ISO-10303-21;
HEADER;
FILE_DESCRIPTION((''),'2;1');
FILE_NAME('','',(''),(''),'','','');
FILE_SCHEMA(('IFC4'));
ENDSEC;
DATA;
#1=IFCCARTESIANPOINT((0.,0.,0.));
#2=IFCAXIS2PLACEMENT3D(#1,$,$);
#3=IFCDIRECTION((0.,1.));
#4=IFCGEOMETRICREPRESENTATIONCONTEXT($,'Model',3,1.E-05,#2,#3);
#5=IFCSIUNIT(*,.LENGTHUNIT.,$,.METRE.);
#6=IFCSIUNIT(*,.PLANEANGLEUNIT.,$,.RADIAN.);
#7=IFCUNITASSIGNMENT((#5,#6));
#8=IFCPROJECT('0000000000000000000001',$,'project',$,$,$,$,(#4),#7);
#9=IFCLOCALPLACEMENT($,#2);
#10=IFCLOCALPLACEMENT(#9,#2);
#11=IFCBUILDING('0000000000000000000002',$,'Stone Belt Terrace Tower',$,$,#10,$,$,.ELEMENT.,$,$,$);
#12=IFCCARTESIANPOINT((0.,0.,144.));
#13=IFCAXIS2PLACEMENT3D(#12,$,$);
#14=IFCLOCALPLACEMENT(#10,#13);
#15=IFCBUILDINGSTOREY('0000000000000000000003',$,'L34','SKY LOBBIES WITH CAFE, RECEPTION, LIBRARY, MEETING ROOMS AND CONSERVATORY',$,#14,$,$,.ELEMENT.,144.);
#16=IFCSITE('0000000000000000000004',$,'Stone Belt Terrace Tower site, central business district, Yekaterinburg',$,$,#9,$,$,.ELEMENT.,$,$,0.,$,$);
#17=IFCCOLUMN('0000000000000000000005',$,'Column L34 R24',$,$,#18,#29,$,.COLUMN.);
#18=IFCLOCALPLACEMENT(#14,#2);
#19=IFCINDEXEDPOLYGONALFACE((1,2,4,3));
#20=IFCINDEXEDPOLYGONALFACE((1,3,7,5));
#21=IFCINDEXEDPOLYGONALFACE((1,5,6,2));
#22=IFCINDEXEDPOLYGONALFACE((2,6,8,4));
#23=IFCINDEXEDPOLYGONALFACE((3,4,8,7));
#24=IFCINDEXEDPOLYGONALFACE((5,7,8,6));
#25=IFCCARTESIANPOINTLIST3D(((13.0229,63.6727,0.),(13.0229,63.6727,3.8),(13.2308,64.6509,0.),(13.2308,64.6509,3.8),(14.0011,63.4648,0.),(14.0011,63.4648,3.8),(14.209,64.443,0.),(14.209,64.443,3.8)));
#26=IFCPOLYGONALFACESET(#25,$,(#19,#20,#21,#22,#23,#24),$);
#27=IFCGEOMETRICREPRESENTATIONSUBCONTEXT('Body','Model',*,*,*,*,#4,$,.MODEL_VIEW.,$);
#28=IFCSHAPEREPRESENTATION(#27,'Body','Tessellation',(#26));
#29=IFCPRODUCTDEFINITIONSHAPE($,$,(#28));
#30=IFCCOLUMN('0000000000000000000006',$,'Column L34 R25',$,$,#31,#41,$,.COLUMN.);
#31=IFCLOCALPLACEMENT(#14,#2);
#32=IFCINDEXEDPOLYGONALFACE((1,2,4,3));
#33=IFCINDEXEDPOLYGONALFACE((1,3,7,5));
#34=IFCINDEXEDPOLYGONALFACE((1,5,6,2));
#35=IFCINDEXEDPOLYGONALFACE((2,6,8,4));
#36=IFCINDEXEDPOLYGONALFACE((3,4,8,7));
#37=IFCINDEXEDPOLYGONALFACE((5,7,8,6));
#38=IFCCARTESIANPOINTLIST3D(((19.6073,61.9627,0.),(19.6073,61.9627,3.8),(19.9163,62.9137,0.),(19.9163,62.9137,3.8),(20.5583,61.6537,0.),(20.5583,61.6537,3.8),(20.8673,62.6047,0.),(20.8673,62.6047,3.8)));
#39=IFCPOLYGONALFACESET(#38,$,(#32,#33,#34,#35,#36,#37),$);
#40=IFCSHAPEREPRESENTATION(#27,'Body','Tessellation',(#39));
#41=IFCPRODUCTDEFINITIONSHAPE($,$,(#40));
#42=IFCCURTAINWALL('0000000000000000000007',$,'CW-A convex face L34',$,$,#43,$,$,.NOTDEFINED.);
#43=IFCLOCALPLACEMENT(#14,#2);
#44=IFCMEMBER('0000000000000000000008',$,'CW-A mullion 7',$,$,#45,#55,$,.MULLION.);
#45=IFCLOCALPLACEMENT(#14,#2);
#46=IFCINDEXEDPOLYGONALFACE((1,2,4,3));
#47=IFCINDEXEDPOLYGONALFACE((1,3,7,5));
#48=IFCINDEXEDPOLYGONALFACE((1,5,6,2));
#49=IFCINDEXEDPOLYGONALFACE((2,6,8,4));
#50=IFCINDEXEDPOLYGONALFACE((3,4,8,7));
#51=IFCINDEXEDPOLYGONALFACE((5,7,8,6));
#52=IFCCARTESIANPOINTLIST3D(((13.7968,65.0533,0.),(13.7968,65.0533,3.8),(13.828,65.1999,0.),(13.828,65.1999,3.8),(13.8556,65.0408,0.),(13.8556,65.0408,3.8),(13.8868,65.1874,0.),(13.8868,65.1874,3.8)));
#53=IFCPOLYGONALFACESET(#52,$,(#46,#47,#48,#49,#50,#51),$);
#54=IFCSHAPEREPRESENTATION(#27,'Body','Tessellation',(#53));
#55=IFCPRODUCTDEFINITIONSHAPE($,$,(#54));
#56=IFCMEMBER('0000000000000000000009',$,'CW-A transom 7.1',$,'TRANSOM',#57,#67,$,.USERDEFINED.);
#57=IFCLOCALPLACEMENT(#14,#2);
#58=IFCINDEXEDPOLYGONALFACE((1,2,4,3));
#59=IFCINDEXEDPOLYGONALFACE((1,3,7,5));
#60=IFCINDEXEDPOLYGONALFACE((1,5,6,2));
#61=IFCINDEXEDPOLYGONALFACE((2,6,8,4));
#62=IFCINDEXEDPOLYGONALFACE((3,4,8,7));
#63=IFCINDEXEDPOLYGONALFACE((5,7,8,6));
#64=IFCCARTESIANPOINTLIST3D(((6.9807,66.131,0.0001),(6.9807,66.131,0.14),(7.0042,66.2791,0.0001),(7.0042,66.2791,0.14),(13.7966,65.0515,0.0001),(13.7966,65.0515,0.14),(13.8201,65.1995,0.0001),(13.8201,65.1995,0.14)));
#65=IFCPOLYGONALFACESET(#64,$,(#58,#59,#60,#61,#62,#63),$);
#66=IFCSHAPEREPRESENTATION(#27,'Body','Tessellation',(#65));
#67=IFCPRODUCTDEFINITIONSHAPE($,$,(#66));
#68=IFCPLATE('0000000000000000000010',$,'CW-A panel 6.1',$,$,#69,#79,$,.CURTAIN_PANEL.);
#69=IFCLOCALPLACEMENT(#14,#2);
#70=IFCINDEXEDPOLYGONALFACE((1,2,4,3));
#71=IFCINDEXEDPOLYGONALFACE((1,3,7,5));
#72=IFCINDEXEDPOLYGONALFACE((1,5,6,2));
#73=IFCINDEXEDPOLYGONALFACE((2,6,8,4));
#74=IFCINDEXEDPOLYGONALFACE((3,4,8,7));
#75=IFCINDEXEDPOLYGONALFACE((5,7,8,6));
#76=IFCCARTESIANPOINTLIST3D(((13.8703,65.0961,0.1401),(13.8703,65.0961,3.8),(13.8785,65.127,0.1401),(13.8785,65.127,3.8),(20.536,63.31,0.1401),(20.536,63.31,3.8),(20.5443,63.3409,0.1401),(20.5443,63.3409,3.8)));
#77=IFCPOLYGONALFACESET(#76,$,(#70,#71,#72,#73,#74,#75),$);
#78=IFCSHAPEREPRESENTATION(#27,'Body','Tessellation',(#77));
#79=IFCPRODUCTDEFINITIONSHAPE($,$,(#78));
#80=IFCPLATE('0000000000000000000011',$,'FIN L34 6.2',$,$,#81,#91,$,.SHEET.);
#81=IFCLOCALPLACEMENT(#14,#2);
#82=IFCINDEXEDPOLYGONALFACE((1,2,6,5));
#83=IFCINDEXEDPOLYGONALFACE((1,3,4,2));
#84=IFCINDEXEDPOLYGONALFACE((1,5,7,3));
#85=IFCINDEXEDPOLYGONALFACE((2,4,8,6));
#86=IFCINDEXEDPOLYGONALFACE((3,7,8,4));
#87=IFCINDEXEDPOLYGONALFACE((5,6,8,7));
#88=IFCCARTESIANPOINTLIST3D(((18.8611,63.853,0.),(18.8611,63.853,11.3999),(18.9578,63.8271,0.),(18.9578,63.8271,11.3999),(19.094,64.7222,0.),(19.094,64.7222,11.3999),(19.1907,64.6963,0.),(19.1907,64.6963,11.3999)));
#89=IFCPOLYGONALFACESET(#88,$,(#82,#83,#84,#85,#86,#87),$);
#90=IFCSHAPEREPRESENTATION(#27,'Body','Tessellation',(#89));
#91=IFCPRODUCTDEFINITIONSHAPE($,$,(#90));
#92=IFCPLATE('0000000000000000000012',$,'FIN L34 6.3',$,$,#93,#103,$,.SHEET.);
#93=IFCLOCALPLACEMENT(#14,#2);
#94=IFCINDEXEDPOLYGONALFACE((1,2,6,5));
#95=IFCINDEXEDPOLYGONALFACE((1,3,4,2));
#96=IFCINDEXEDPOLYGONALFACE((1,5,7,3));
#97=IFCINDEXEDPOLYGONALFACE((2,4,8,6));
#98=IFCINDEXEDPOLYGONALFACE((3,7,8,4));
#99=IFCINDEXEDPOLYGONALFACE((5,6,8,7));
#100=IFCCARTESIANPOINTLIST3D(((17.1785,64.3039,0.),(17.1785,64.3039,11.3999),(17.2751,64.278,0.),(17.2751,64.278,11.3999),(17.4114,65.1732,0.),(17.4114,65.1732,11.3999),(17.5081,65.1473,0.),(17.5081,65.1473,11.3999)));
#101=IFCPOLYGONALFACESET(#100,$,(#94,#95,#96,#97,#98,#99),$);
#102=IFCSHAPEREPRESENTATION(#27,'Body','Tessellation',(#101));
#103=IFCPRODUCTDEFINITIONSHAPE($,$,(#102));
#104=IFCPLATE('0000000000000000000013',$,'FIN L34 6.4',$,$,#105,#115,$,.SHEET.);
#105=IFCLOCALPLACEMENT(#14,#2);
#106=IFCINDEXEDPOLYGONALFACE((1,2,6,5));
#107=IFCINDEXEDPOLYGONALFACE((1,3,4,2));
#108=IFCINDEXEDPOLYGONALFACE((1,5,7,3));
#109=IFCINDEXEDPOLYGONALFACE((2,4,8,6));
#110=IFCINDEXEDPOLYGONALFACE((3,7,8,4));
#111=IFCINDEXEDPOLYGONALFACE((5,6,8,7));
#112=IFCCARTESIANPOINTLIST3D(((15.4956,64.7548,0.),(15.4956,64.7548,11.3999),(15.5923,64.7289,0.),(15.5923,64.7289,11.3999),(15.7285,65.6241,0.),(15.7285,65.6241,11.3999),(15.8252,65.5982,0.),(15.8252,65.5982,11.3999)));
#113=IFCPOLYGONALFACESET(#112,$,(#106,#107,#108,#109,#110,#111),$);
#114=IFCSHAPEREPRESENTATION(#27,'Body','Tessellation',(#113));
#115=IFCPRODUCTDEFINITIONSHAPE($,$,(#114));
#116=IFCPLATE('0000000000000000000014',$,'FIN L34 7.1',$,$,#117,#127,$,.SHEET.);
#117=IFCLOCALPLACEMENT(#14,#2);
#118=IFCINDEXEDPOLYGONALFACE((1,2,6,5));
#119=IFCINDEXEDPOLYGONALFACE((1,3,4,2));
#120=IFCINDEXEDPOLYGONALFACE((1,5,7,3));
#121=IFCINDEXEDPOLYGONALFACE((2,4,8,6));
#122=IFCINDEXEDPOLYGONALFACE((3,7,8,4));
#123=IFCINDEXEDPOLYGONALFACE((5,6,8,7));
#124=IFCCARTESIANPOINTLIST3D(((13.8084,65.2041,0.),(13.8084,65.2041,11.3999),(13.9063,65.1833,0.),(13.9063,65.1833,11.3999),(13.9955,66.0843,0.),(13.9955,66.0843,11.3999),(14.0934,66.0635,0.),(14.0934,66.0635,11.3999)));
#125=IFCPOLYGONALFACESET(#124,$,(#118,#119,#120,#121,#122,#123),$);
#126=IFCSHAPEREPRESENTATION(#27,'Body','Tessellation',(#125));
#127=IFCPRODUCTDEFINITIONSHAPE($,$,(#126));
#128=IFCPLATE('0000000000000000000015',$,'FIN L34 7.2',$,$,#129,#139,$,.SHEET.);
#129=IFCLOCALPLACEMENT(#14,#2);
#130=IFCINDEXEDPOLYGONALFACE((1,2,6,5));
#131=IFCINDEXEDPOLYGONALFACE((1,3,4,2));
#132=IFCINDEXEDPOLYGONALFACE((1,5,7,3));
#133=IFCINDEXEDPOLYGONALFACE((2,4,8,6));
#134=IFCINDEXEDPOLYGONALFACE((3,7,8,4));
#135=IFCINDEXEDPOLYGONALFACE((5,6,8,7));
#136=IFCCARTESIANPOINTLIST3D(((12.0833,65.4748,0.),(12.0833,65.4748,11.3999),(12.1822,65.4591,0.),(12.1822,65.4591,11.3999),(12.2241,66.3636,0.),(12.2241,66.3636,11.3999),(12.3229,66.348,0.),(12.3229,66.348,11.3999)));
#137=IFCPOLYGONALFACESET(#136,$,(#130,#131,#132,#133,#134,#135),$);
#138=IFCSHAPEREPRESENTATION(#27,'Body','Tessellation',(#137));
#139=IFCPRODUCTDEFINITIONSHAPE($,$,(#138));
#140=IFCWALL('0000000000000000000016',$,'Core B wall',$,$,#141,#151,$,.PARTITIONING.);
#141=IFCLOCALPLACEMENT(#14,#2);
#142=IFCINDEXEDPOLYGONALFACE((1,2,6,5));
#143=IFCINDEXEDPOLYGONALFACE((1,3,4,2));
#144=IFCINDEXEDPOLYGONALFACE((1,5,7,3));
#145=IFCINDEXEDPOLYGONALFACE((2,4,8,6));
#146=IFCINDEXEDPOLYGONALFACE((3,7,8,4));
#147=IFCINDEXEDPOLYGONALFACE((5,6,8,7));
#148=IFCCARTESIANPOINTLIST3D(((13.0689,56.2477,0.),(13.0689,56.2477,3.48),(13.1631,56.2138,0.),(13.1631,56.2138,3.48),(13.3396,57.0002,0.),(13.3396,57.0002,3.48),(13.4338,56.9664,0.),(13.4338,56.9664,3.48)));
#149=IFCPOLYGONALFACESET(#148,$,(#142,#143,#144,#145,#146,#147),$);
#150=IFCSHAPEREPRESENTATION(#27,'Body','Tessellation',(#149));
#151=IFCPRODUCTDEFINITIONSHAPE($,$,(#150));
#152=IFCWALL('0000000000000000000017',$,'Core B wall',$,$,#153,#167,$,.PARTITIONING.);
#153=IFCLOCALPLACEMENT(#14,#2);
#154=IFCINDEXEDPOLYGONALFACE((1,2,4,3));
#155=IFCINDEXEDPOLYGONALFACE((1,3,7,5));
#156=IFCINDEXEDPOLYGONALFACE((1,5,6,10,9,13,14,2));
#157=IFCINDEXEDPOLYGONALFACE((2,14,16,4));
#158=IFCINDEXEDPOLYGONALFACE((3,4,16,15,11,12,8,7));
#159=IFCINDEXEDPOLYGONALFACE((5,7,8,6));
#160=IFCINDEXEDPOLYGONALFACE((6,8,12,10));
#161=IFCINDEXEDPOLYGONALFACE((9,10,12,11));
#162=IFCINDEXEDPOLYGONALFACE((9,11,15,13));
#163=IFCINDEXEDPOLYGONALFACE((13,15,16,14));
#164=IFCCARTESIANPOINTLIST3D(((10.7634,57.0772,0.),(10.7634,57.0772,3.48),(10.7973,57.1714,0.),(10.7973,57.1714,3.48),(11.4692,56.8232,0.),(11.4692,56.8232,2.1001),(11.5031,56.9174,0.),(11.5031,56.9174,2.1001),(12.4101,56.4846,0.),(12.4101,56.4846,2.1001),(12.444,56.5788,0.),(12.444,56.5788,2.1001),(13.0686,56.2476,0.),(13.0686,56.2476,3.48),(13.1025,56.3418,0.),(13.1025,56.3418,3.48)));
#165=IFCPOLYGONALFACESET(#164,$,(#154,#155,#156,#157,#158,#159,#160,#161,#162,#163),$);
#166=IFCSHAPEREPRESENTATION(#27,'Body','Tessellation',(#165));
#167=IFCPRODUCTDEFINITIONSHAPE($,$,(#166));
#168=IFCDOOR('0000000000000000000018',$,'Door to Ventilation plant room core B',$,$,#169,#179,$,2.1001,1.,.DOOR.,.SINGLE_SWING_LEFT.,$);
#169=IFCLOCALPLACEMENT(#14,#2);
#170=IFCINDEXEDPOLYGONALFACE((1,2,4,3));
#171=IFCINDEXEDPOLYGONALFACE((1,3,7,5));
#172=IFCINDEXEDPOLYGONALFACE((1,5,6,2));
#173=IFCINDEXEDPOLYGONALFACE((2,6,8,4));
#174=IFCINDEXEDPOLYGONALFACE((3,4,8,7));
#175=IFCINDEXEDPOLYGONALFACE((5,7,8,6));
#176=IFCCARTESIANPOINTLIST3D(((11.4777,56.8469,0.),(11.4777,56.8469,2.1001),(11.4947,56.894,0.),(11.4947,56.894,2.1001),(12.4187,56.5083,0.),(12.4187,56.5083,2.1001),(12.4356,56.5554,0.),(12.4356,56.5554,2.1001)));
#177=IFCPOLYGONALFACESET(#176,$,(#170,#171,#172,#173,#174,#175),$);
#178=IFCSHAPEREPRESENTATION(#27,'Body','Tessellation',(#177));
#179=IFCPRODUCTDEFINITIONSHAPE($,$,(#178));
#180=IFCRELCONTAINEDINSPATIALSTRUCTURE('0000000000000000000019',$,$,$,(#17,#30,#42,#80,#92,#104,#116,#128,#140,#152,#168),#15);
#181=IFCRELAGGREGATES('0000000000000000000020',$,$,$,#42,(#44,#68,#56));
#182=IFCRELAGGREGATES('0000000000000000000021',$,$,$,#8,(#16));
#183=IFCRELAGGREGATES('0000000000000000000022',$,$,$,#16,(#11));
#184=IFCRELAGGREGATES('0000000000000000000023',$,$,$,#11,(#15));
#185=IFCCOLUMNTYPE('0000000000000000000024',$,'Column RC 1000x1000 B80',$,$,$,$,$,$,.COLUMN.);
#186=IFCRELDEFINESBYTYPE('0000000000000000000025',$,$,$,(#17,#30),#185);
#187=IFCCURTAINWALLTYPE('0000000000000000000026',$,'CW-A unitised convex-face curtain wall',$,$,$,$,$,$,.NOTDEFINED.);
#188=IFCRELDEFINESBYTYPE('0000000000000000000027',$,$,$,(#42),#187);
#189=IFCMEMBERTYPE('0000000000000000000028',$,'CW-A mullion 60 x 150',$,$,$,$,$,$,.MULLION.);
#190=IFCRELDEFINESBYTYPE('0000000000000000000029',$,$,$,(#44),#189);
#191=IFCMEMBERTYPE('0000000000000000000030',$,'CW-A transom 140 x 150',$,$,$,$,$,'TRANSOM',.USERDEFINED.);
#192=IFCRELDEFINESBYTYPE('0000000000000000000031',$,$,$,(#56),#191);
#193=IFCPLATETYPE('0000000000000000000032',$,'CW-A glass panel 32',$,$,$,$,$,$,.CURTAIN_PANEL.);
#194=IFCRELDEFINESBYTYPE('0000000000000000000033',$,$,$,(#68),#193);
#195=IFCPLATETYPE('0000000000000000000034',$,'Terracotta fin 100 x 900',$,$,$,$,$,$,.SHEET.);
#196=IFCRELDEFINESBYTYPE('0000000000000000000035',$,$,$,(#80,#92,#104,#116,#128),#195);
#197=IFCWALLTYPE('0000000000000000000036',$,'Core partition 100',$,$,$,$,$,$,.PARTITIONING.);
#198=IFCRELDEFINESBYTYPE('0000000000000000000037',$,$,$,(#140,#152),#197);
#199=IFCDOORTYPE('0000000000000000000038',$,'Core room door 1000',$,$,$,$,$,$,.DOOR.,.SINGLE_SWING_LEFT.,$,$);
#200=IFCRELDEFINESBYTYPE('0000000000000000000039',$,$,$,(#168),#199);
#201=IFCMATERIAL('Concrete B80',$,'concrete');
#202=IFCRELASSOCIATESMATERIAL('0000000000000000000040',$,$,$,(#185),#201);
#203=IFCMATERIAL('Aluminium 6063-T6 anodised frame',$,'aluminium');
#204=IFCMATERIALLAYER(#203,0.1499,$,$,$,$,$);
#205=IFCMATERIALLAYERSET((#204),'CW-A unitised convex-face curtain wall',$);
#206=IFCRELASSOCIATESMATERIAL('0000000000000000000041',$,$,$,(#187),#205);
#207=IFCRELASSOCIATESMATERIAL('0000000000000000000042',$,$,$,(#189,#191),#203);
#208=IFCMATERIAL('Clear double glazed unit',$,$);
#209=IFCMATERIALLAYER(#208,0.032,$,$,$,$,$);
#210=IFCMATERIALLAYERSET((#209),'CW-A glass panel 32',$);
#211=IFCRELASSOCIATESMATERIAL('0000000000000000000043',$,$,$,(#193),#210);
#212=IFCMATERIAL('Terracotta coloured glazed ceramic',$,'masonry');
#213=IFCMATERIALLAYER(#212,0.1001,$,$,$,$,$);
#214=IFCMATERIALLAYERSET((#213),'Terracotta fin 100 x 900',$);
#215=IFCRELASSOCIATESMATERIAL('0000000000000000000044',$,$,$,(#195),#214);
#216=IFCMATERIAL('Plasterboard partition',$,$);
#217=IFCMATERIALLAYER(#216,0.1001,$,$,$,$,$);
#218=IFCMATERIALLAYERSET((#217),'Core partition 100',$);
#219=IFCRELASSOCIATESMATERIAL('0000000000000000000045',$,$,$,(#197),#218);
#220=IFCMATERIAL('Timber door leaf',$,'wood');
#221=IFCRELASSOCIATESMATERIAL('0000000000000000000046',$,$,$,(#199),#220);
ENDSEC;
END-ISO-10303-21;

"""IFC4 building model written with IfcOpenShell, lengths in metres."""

from ifc_helpers import new_model, si_unit, direction, frame, frame_2d, origin, origin_2d, place, context, subcontext, project, spatial, rectangle, extrude, material, layer, layer_set, material_profile, profile_set, type_object, element, fill, aggregate, save


model = new_model("IFC4")

# Units and contexts
model_context = context("Model", 3, precision=1e-05, world=origin(), true_north=direction((0.0, 1.0)))
body_context = subcontext(model_context, "Body", "Model", "MODEL_VIEW")
ifc_project = project(units=[si_unit("LENGTHUNIT", "METRE"), si_unit("PLANEANGLEUNIT", "RADIAN")], contexts=[model_context])

# Site, building, storey
site_placement = place(None, origin())
site = spatial("IfcSite", under=ifc_project, at=site_placement, Name="Stone Belt Terrace Tower site, central business district, Yekaterinburg", CompositionType="ELEMENT", RefElevation=0.0)
building_placement = place(site_placement, origin())
building = spatial("IfcBuilding", under=site, at=building_placement, Name="Stone Belt Terrace Tower", CompositionType="ELEMENT")
storey_placement = place(building_placement, frame((0.0, 0.0, 144.0)))
storey = spatial("IfcBuildingStorey", under=building, at=storey_placement, Name="L34", Description="SKY LOBBIES WITH CAFE, RECEPTION, LIBRARY, MEETING ROOMS AND CONSERVATORY", CompositionType="ELEMENT", Elevation=144.0)

# Columns
ifc_material_1 = material(Name="Concrete B80", Category="concrete")
ifc_material_profile_1 = material_profile(ifc_material_1, rectangle(XDim=1.0, YDim=1.0, at=origin_2d()), Name="RC 1000x1000")
ifc_profile_set_1 = profile_set([ifc_material_profile_1], Name="Concrete B80")
column_type = type_object("IfcColumnType", Name="Column RC 1000x1000 B80", PredefinedType="COLUMN", material=ifc_profile_set_1)
for number, where, z_axis, x_axis, name in (
    (1, (13.616, 64.0579, 0.0), (0.0, 0.0, 1.0), (0.978148, -0.207912, 0.0), "Column L34 R24"),
    (2, (20.2373, 62.2837, 0.0), (0.0, 0.0, 1.0), (0.951057, -0.309017, 0.0), "Column L34 R25"),
):
    element("IfcColumn", number, at=place(storey_placement, frame(where, z_axis=z_axis, x_axis=x_axis)), inside=storey, type_object=column_type, Name=name, PredefinedType="COLUMN", context=body_context, shape_type="SweptSolid", body=[
        extrude(rectangle(XDim=1.0, YDim=1.0, at=origin_2d()), origin(), (0.0, 0.0, 1.0), 3.8),
    ])

# Curtain wall, members, plate
ifc_material_2 = material(Name="Aluminium 6063-T6 anodised frame", Category="aluminium")
ifc_layer_1 = layer(ifc_material_2, 0.1499)
ifc_layer_set_1 = layer_set([ifc_layer_1], Name="CW-A unitised convex-face curtain wall")
curtain_wall_type = type_object("IfcCurtainWallType", Name="CW-A unitised convex-face curtain wall", PredefinedType="NOTDEFINED", material=ifc_layer_set_1)
curtain_wall_placement = place(storey_placement, origin())
curtain_wall = element("IfcCurtainWall", 3, at=curtain_wall_placement, inside=storey, type_object=curtain_wall_type, Name="CW-A convex face L34", PredefinedType="NOTDEFINED")
ifc_material_profile_2 = material_profile(ifc_material_2, rectangle(XDim=0.1499, YDim=0.0601, at=origin_2d()), Name="Aluminium 6063-T6 60x150")
ifc_profile_set_2 = profile_set([ifc_material_profile_2], Name="Aluminium 6063-T6 anodised frame")
member_type_1 = type_object("IfcMemberType", Name="CW-A mullion 60 x 150", PredefinedType="MULLION", material=ifc_profile_set_2)
member_1_placement = place(storey_placement, frame((13.8418, 65.1204, 0.0), z_axis=(0.0, 0.0, 1.0), x_axis=(-0.207912, -0.978148, 0.0)))
member_1 = element("IfcMember", 4, at=member_1_placement, type_object=member_type_1, Name="CW-A mullion 7", PredefinedType="MULLION", context=body_context, shape_type="SweptSolid", body=[
    extrude(rectangle(XDim=0.1499, YDim=0.0601, at=origin_2d()), origin(), (0.0, 0.0, 1.0), 3.8),
])
ifc_material_profile_3 = material_profile(ifc_material_2, rectangle(XDim=0.1499, YDim=0.1399, at=origin_2d()), Name="Aluminium 6063-T6 150x140")
ifc_profile_set_3 = profile_set([ifc_material_profile_3], Name="Aluminium 6063-T6 anodised frame")
member_type_2 = type_object("IfcMemberType", Name="CW-A transom 140 x 150", ElementType="TRANSOM", PredefinedType="USERDEFINED", material=ifc_profile_set_3)
member_2_placement = place(storey_placement, frame((13.8083, 65.1255, 0.0701), z_axis=(-0.987687, 0.156442, 0.0), x_axis=(-0.156442, -0.987687, 0.0)))
member_2 = element("IfcMember", 5, at=member_2_placement, type_object=member_type_2, Name="CW-A transom 7.1", ObjectType="TRANSOM", PredefinedType="USERDEFINED", context=body_context, shape_type="SweptSolid", body=[
    extrude(rectangle(XDim=0.1499, YDim=0.1399, at=origin_2d()), origin(), (0.0, 0.0, 1.0), 6.9009),
])
ifc_material_3 = material(Name="Clear double glazed unit")
ifc_layer_2 = layer(ifc_material_3, 0.032)
ifc_layer_set_2 = layer_set([ifc_layer_2], Name="CW-A glass panel 32")
plate_type_1 = type_object("IfcPlateType", Name="CW-A glass panel 32", PredefinedType="CURTAIN_PANEL", material=ifc_layer_set_2)
plate_placement = place(storey_placement, frame((17.2073, 64.2185, 0.1401), z_axis=(0.0, 0.0, 1.0), x_axis=(-0.965926, 0.258819, 0.0)))
plate = element("IfcPlate", 6, at=plate_placement, type_object=plate_type_1, Name="CW-A panel 6.1", PredefinedType="CURTAIN_PANEL", context=body_context, shape_type="SweptSolid", body=[
    extrude(rectangle(XDim=6.9009, YDim=0.032, at=origin_2d()), origin(), (0.0, 0.0, 1.0), 3.6599),
])
aggregate(curtain_wall, [member_1, plate, member_2])

# Plates
ifc_material_4 = material(Name="Terracotta coloured glazed ceramic", Category="masonry")
ifc_layer_3 = layer(ifc_material_4, 0.1001)
ifc_layer_set_3 = layer_set([ifc_layer_3], Name="Terracotta fin 100 x 900")
plate_type_2 = type_object("IfcPlateType", Name="Terracotta fin 100 x 900", PredefinedType="SHEET", material=ifc_layer_set_3)
for number, where, z_axis, x_axis, name in (
    (7, (19.0259, 64.2747, 0.0), (0.0, 0.0, 1.0), (0.258819, 0.965926, 0.0), "FIN L34 6.2"),
    (8, (17.3433, 64.7256, 0.0), (0.0, 0.0, 1.0), (0.258819, 0.965926, 0.0), "FIN L34 6.3"),
    (9, (15.6604, 65.1765, 0.0), (0.0, 0.0, 1.0), (0.258819, 0.965926, 0.0), "FIN L34 6.4"),
    (10, (13.9509, 65.6338, 0.0), (0.0, 0.0, 1.0), (0.207912, 0.978148, 0.0), "FIN L34 7.1"),
    (11, (12.2031, 65.9114, 0.0), (0.0, 0.0, 1.0), (0.156434, 0.987688, 0.0), "FIN L34 7.2"),
):
    element("IfcPlate", number, at=place(storey_placement, frame(where, z_axis=z_axis, x_axis=x_axis)), inside=storey, type_object=plate_type_2, Name=name, PredefinedType="SHEET", context=body_context, shape_type="SweptSolid", body=[
        extrude(rectangle(XDim=0.8999, YDim=0.1001, at=origin_2d()), origin(), (0.0, 0.0, 1.0), 11.3999),
    ])

# Wall
ifc_material_5 = material(Name="Plasterboard partition")
ifc_layer_4 = layer(ifc_material_5, 0.1001)
ifc_layer_set_4 = layer_set([ifc_layer_4], Name="Core partition 100")
wall_type_1 = type_object("IfcWallType", Name="Core partition 100", PredefinedType="PARTITIONING", material=ifc_layer_set_4)
wall_1_placement = place(storey_placement, frame((13.116, 56.2307, 0.0), z_axis=(0.0, 0.0, 1.0), x_axis=(0.338482, 0.940973, 0.0)))
element("IfcWall", 12, at=wall_1_placement, inside=storey, type_object=wall_type_1, Name="Core B wall", PredefinedType="PARTITIONING", context=body_context, shape_type="SweptSolid", body=[
    extrude(rectangle(XDim=0.7998, YDim=0.1001, at=frame_2d((0.3999, 0.0))), origin(), (0.0, 0.0, 1.0), 3.48),
])

# Wall, opening, door
wall_2_placement = place(storey_placement, frame((13.0857, 56.2947, 0.0), z_axis=(0.0, 0.0, 1.0), x_axis=(-0.940923, 0.338621, 0.0)))
wall_2 = element("IfcWall", 13, at=wall_2_placement, inside=storey, type_object=wall_type_1, Name="Core B wall", PredefinedType="PARTITIONING", context=body_context, shape_type="SweptSolid", body=[
    extrude(rectangle(XDim=2.45, YDim=0.1001, at=frame_2d((1.2251, 0.0))), origin(), (0.0, 0.0, 1.0), 3.48),
])
opening_1_placement = place(wall_2_placement, frame((0.7, 0.0, 0.0)))
opening_1 = element("IfcOpeningElement", 14, at=opening_1_placement, cuts=wall_2, PredefinedType="OPENING", context=body_context, shape_type="SweptSolid", body=[
    extrude(rectangle(XDim=1.0, YDim=2.1001, at=frame_2d((0.5, 1.05))), frame((0.0, 0.0601, 0.0), z_axis=(0.0, -1.0, 0.0), x_axis=(1.0, 0.0, 0.0)), (0.0, 0.0, 1.0), 0.1201),
])
ifc_material_6 = material(Name="Timber door leaf", Category="wood")
door_type_1 = type_object("IfcDoorType", Name="Core room door 1000", OperationType="SINGLE_SWING_LEFT", PredefinedType="DOOR", material=ifc_material_6)
door_1_placement = place(opening_1_placement, origin())
door_1 = element("IfcDoor", 15, at=door_1_placement, inside=storey, type_object=door_type_1, Name="Door to Ventilation plant room core B", OperationType="SINGLE_SWING_LEFT", OverallHeight=2.1001, OverallWidth=1.0, PredefinedType="DOOR", context=body_context, shape_type="SweptSolid", body=[
    extrude(rectangle(XDim=1.0, YDim=2.1001, at=frame_2d((0.5, 1.05))), frame((0.0, 0.0249, 0.0), z_axis=(0.0, -1.0, 0.0), x_axis=(1.0, 0.0, 0.0)), (0.0, 0.0, 1.0), 0.05),
])
fill(opening_1, door_1)

save(model, "model.ifc")
